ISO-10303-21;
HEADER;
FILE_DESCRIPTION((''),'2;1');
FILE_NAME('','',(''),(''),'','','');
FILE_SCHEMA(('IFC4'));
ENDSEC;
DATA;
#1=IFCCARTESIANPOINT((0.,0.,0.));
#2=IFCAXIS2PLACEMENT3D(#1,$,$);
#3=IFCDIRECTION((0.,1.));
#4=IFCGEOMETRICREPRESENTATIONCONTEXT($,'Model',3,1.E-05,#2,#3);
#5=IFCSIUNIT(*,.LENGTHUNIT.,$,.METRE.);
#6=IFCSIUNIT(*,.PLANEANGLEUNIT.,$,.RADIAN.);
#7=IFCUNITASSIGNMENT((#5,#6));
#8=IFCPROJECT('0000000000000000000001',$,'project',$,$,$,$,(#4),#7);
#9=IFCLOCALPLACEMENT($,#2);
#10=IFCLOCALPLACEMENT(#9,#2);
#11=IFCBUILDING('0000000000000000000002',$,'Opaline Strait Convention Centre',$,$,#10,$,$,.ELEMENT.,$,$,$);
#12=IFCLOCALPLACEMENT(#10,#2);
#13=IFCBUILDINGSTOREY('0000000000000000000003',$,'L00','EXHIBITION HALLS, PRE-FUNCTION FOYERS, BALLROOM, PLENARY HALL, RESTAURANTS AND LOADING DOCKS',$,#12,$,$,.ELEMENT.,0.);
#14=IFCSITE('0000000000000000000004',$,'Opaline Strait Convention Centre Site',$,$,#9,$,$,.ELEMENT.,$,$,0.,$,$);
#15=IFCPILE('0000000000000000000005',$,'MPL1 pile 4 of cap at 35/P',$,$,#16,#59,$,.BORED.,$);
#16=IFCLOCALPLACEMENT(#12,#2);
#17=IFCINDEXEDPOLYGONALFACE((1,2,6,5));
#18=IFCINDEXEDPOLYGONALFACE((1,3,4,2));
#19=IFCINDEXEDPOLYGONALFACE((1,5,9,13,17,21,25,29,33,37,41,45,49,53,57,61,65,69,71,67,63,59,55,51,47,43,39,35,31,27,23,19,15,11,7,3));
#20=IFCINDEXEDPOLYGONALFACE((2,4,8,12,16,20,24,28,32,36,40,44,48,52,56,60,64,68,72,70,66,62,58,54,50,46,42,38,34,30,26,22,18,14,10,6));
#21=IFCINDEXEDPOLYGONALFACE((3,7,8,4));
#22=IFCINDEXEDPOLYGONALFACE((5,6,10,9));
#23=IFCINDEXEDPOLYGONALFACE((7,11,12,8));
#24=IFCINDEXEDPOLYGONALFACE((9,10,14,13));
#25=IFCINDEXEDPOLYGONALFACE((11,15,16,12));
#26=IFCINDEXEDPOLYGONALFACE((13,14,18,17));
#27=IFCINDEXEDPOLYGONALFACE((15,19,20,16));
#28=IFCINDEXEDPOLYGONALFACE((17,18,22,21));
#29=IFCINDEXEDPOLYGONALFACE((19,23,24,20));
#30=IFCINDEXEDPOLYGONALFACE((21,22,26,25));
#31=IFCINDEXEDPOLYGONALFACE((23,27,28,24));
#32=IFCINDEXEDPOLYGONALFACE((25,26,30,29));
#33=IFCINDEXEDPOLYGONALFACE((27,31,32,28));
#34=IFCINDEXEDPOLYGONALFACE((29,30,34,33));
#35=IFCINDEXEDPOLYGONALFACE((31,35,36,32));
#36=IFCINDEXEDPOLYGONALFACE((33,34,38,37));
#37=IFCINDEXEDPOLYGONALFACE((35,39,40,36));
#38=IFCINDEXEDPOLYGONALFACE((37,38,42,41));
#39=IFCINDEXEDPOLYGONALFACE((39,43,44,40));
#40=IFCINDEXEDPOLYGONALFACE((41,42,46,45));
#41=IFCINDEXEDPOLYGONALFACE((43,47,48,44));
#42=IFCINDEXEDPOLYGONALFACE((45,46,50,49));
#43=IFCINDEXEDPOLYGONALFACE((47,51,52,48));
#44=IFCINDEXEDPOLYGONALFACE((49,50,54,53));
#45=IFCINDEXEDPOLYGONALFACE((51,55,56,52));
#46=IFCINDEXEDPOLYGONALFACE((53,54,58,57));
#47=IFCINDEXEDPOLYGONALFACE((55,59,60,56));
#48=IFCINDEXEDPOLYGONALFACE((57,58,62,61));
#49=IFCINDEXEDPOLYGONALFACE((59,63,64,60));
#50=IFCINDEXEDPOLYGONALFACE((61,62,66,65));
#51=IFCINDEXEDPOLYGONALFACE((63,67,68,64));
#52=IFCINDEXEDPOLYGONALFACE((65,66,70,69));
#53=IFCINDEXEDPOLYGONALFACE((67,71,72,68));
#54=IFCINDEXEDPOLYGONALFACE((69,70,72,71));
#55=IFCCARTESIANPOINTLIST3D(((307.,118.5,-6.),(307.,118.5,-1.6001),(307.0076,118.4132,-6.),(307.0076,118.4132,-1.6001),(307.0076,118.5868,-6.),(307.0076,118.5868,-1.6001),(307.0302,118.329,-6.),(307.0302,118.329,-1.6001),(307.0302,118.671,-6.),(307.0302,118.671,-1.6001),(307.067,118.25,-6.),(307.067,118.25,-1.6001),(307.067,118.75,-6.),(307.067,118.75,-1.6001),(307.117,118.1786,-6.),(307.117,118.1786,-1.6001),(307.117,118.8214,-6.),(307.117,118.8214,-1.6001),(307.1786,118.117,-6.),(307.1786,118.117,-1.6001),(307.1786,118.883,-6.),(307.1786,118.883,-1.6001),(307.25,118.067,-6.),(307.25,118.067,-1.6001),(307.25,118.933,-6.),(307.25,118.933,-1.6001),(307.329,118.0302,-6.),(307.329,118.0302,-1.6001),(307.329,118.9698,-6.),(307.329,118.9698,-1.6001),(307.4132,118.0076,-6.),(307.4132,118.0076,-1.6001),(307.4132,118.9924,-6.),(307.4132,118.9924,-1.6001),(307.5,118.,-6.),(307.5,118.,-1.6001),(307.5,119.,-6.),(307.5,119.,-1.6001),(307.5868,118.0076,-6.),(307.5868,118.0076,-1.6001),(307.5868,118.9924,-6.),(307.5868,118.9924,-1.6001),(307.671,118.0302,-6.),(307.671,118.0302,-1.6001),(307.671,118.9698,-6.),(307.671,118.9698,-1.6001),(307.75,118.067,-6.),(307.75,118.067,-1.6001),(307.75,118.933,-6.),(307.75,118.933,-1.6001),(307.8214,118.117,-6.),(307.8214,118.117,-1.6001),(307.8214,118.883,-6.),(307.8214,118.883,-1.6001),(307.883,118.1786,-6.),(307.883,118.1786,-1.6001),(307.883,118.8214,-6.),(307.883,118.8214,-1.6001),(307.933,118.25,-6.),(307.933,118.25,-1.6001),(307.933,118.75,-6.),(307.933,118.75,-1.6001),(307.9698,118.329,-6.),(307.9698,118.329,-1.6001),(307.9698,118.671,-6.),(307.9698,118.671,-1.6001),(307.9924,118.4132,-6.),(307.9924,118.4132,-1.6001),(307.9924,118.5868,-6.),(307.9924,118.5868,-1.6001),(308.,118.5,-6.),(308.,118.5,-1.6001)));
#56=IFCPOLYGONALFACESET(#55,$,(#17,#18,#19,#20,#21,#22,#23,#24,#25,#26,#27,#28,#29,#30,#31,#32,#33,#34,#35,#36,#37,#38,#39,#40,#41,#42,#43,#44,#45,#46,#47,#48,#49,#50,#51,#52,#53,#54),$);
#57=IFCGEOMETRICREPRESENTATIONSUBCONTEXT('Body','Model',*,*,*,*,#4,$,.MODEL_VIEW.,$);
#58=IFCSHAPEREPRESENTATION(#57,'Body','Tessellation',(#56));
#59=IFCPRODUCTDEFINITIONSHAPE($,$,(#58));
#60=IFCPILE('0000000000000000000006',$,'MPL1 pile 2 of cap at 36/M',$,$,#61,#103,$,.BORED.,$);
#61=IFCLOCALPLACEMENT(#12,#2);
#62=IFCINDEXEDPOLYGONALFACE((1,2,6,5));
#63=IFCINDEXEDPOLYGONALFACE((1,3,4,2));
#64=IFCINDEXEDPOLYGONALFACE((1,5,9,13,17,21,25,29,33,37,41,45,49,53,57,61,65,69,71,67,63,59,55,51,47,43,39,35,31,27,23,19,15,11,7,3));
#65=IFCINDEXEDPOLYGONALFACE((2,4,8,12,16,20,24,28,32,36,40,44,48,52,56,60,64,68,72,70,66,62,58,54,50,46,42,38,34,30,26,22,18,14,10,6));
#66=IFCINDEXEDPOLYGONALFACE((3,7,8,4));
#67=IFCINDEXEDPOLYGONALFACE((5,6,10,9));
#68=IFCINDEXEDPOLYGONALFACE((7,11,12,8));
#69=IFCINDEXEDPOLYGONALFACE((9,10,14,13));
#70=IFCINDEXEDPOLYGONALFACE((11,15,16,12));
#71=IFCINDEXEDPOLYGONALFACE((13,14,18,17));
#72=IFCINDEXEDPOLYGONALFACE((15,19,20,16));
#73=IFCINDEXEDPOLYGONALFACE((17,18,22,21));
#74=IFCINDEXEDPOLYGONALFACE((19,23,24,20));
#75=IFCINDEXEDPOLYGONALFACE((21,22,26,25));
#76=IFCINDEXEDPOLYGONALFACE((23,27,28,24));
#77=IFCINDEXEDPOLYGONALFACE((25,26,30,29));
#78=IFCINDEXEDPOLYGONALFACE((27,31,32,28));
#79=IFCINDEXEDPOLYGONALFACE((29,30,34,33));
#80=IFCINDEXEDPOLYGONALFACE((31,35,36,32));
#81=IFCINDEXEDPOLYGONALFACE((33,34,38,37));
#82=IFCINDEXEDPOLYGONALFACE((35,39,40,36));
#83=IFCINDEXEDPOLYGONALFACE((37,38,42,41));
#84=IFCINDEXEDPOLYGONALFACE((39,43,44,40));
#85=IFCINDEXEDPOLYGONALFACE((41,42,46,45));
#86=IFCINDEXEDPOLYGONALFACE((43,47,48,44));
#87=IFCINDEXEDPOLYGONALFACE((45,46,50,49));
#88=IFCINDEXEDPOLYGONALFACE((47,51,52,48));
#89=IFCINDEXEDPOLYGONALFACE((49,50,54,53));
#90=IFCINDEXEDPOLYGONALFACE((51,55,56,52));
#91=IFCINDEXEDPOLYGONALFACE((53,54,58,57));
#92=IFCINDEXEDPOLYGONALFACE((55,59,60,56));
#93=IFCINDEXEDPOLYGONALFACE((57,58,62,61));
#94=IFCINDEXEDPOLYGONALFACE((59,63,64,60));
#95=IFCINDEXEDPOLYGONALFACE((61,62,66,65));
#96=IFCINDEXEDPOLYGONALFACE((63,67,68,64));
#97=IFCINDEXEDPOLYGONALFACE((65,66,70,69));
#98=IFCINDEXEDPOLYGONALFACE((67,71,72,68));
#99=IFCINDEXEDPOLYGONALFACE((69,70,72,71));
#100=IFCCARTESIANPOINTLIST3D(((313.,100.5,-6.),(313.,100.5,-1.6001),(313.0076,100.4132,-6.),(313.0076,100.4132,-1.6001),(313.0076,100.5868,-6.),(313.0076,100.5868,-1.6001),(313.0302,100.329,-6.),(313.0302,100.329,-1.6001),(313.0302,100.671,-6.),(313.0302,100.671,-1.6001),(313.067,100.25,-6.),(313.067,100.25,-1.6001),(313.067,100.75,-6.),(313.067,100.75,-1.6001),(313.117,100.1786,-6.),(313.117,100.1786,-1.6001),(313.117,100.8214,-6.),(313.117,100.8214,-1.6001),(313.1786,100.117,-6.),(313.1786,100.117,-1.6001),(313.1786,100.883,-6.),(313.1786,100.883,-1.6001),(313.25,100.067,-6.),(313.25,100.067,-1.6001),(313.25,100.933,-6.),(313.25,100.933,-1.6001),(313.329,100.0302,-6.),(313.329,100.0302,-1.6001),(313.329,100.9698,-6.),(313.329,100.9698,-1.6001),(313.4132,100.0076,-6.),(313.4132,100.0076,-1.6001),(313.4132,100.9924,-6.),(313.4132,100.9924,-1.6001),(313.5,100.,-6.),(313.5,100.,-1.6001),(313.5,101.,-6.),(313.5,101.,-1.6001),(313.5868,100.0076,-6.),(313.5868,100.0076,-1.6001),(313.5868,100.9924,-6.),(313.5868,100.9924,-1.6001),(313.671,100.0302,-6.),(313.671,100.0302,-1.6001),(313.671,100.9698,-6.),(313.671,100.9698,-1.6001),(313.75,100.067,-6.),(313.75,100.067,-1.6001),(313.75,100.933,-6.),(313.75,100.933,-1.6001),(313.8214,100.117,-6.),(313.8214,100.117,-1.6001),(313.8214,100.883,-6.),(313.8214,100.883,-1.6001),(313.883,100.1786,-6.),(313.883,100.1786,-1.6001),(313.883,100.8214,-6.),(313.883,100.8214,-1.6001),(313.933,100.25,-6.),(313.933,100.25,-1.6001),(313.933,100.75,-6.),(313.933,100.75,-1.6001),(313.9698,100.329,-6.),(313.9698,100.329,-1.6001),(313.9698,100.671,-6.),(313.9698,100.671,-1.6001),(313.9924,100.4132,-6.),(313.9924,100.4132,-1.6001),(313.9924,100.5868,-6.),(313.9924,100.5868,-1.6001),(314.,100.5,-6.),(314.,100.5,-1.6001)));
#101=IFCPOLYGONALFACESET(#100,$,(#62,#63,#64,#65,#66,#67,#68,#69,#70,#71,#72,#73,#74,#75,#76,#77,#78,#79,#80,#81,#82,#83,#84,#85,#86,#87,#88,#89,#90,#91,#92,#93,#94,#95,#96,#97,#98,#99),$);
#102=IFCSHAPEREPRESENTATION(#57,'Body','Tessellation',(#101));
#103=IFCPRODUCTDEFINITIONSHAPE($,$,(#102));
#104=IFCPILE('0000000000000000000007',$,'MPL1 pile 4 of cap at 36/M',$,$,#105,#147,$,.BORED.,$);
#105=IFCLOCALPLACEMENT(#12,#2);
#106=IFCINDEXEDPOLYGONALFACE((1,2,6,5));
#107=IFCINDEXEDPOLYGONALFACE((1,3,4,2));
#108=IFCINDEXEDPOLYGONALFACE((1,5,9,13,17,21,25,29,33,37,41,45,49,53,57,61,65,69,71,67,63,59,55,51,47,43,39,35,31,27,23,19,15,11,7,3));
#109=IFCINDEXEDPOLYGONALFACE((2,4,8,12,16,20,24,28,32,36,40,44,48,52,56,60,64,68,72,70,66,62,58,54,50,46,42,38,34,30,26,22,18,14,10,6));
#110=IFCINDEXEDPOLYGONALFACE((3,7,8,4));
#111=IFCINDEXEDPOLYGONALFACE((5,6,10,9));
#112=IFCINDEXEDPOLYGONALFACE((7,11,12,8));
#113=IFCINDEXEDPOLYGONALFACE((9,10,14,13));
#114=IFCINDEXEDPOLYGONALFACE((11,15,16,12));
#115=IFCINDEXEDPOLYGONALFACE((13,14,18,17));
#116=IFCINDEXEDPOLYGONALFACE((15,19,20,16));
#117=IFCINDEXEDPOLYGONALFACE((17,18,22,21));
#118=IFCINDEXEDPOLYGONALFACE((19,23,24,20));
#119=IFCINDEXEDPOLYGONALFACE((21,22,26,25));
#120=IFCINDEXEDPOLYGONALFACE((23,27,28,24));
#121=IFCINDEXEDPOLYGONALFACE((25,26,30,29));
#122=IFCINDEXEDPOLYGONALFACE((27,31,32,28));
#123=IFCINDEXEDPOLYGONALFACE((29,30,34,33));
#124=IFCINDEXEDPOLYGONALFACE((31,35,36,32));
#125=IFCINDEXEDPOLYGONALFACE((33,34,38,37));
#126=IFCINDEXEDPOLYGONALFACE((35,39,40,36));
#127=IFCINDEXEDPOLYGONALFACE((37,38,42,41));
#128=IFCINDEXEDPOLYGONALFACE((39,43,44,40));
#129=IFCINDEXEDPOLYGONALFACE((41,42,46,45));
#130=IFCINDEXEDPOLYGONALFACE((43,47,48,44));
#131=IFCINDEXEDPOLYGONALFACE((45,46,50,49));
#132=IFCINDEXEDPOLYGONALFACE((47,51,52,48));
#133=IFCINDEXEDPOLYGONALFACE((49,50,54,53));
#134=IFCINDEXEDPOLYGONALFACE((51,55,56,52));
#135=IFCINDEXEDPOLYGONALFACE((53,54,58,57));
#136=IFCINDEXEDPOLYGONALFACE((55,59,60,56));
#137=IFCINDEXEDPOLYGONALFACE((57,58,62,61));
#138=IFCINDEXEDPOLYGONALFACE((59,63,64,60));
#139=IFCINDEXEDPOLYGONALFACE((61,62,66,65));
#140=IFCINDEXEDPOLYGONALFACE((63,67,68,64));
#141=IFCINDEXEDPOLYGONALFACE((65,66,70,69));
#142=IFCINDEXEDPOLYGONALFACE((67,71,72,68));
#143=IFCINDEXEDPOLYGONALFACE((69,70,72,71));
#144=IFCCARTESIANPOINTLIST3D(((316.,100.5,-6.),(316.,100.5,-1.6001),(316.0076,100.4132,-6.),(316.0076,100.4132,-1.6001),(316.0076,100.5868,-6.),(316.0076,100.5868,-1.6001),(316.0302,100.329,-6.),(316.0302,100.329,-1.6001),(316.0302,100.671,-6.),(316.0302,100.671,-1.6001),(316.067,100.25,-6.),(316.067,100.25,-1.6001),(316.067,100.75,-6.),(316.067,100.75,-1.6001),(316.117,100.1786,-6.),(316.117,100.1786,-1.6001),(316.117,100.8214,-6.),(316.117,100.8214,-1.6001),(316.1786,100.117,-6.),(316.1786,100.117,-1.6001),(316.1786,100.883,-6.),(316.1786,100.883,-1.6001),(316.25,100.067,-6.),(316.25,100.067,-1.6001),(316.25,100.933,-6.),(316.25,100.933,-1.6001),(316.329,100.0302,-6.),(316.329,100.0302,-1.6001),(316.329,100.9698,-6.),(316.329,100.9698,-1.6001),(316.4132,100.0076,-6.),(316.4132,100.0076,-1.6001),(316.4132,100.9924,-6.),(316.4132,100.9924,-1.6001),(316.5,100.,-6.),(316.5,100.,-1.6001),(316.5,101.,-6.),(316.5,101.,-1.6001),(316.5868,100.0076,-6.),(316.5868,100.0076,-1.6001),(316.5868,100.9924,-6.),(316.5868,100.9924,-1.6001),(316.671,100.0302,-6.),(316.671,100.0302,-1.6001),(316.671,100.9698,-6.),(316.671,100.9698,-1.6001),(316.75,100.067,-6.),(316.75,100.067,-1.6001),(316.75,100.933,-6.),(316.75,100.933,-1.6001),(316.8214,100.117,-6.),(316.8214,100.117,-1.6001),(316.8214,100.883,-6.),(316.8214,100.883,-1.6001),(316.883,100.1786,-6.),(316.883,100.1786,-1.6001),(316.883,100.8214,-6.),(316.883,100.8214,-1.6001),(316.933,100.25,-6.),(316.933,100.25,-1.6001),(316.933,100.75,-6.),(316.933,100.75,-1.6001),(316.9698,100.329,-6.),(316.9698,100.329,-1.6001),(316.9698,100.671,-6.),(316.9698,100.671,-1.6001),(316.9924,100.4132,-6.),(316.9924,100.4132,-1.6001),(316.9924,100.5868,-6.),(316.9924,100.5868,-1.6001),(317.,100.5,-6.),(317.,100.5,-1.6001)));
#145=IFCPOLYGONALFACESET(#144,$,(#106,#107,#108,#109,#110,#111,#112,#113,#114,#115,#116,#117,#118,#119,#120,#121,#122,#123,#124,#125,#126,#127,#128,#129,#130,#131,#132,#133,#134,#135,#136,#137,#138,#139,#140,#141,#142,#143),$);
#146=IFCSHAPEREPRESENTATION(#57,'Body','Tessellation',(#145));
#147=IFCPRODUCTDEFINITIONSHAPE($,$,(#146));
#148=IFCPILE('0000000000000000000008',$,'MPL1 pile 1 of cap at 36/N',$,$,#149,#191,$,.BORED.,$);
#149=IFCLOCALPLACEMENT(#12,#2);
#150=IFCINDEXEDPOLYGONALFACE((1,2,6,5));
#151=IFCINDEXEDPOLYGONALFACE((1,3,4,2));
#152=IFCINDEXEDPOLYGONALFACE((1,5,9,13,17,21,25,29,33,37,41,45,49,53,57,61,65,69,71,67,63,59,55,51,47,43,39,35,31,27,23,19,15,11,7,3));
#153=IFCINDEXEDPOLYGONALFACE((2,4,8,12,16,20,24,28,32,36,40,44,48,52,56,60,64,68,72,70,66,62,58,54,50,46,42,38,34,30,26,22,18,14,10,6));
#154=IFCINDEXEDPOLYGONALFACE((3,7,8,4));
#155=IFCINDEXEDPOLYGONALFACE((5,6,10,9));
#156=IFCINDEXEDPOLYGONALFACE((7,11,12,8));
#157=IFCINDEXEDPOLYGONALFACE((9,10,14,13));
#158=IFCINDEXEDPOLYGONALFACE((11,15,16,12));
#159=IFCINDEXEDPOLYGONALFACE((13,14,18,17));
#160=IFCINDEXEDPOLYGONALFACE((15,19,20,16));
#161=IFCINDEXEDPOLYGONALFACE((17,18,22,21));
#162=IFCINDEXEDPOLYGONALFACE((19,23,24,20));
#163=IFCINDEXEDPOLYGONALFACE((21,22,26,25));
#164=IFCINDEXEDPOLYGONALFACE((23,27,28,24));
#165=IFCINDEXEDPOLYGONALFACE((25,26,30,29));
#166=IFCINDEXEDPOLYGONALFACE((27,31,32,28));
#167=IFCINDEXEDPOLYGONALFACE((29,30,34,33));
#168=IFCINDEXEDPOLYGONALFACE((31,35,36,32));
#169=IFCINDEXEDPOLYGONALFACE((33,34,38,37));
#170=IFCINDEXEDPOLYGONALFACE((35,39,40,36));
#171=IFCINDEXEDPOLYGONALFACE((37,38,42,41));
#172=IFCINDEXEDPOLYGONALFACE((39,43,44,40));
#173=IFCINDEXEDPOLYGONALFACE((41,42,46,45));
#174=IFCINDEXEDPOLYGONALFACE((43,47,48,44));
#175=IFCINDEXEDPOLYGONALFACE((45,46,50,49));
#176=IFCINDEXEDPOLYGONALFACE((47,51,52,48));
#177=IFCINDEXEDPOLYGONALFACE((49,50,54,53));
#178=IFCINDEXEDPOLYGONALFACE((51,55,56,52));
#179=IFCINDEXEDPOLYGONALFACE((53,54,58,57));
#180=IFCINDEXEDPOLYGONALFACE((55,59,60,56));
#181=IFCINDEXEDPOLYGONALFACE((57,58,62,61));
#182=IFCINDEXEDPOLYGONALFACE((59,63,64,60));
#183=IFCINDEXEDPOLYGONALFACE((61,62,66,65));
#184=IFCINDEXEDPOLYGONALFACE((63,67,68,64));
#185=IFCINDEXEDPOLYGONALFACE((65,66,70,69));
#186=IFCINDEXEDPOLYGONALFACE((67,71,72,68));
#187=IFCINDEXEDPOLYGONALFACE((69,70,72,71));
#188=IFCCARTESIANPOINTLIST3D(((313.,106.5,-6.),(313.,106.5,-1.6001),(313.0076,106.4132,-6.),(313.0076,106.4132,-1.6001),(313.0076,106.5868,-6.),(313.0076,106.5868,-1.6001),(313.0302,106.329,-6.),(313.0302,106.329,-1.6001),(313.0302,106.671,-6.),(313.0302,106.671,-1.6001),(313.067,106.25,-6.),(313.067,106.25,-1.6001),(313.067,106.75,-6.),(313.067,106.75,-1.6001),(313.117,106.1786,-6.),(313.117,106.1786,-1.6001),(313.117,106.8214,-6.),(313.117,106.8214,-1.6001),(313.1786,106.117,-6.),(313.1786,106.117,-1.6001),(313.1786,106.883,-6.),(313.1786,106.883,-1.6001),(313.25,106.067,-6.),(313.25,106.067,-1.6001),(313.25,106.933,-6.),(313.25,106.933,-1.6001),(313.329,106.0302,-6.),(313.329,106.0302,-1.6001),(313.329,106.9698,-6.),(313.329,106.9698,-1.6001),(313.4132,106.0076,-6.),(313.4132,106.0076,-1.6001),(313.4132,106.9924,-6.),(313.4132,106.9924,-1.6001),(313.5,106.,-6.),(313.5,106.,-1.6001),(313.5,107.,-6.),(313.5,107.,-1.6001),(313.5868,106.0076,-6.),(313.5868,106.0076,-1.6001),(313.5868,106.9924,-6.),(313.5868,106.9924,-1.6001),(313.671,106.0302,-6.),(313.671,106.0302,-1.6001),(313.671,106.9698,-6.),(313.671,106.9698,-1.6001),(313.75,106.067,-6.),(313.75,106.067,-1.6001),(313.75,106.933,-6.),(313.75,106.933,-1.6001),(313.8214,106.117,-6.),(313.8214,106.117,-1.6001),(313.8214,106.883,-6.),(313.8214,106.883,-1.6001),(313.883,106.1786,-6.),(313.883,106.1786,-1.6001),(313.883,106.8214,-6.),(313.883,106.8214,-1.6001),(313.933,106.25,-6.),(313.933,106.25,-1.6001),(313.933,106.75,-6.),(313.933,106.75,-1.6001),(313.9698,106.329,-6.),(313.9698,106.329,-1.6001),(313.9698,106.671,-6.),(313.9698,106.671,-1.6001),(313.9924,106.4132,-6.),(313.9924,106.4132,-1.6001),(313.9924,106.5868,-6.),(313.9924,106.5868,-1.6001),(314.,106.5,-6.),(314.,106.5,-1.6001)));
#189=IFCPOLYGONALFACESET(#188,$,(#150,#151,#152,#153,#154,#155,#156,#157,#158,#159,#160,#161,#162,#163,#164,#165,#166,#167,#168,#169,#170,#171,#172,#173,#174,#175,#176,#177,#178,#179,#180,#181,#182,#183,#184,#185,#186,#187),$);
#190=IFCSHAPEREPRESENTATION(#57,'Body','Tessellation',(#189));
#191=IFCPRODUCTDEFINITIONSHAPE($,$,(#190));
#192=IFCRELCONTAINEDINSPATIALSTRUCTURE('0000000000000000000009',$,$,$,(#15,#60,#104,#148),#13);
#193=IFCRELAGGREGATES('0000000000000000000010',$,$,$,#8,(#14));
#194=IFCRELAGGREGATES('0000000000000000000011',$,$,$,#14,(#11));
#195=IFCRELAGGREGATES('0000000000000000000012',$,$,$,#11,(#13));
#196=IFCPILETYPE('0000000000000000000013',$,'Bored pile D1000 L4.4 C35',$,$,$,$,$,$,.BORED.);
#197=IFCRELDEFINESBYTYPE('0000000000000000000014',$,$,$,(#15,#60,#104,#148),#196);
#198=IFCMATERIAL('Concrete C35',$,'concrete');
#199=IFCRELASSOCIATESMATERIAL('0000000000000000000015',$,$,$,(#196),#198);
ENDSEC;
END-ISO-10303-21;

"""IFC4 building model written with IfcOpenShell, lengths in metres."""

from ifc_helpers import new_model, si_unit, direction, frame, origin, origin_2d, place, context, subcontext, project, spatial, circle, extrude, material, material_profile, profile_set, type_object, element, save


model = new_model("IFC4")

# Units and contexts
model_context = context("Model", 3, precision=1e-05, world=origin(), true_north=direction((0.0, 1.0)))
body_context = subcontext(model_context, "Body", "Model", "MODEL_VIEW")
ifc_project = project(units=[si_unit("LENGTHUNIT", "METRE"), si_unit("PLANEANGLEUNIT", "RADIAN")], contexts=[model_context])

# Site, building, storey
site_placement = place(None, origin())
site = spatial("IfcSite", under=ifc_project, at=site_placement, Name="Opaline Strait Convention Centre Site", CompositionType="ELEMENT", RefElevation=0.0)
building_placement = place(site_placement, origin())
building = spatial("IfcBuilding", under=site, at=building_placement, Name="Opaline Strait Convention Centre", CompositionType="ELEMENT")
storey_placement = place(building_placement, origin())
storey = spatial("IfcBuildingStorey", under=building, at=storey_placement, Name="L00", Description="EXHIBITION HALLS, PRE-FUNCTION FOYERS, BALLROOM, PLENARY HALL, RESTAURANTS AND LOADING DOCKS", CompositionType="ELEMENT", Elevation=0.0)

# Piles
ifc_material_1 = material(Name="Concrete C35", Category="concrete")
ifc_material_profile_1 = material_profile(ifc_material_1, circle(Radius=0.5, at=origin_2d()), Name="D1000")
ifc_profile_set_1 = profile_set([ifc_material_profile_1], Name="Concrete C35")
pile_type = type_object("IfcPileType", Name="Bored pile D1000 L4.4 C35", PredefinedType="BORED", material=ifc_profile_set_1)
for number, where, z_axis, x_axis, name in (
    (1, (307.5, 118.5, -1.6001), (0.0, 0.0, -1.0), (1.0, 0.0, 0.0), "MPL1 pile 4 of cap at 35/P"),
    (2, (313.5, 100.5, -1.6001), (0.0, 0.0, -1.0), (1.0, 0.0, 0.0), "MPL1 pile 2 of cap at 36/M"),
    (3, (316.5, 100.5, -1.6001), (0.0, 0.0, -1.0), (1.0, 0.0, 0.0), "MPL1 pile 4 of cap at 36/M"),
    (4, (313.5, 106.5, -1.6001), (0.0, 0.0, -1.0), (1.0, 0.0, 0.0), "MPL1 pile 1 of cap at 36/N"),
):
    element("IfcPile", number, at=place(storey_placement, frame(where, z_axis=z_axis, x_axis=x_axis)), inside=storey, type_object=pile_type, Name=name, PredefinedType="BORED", context=body_context, shape_type="SweptSolid", body=[
        extrude(circle(Radius=0.5, at=origin_2d()), origin(), (0.0, 0.0, 1.0), 4.3999),
    ])

save(model, "model.ifc")
